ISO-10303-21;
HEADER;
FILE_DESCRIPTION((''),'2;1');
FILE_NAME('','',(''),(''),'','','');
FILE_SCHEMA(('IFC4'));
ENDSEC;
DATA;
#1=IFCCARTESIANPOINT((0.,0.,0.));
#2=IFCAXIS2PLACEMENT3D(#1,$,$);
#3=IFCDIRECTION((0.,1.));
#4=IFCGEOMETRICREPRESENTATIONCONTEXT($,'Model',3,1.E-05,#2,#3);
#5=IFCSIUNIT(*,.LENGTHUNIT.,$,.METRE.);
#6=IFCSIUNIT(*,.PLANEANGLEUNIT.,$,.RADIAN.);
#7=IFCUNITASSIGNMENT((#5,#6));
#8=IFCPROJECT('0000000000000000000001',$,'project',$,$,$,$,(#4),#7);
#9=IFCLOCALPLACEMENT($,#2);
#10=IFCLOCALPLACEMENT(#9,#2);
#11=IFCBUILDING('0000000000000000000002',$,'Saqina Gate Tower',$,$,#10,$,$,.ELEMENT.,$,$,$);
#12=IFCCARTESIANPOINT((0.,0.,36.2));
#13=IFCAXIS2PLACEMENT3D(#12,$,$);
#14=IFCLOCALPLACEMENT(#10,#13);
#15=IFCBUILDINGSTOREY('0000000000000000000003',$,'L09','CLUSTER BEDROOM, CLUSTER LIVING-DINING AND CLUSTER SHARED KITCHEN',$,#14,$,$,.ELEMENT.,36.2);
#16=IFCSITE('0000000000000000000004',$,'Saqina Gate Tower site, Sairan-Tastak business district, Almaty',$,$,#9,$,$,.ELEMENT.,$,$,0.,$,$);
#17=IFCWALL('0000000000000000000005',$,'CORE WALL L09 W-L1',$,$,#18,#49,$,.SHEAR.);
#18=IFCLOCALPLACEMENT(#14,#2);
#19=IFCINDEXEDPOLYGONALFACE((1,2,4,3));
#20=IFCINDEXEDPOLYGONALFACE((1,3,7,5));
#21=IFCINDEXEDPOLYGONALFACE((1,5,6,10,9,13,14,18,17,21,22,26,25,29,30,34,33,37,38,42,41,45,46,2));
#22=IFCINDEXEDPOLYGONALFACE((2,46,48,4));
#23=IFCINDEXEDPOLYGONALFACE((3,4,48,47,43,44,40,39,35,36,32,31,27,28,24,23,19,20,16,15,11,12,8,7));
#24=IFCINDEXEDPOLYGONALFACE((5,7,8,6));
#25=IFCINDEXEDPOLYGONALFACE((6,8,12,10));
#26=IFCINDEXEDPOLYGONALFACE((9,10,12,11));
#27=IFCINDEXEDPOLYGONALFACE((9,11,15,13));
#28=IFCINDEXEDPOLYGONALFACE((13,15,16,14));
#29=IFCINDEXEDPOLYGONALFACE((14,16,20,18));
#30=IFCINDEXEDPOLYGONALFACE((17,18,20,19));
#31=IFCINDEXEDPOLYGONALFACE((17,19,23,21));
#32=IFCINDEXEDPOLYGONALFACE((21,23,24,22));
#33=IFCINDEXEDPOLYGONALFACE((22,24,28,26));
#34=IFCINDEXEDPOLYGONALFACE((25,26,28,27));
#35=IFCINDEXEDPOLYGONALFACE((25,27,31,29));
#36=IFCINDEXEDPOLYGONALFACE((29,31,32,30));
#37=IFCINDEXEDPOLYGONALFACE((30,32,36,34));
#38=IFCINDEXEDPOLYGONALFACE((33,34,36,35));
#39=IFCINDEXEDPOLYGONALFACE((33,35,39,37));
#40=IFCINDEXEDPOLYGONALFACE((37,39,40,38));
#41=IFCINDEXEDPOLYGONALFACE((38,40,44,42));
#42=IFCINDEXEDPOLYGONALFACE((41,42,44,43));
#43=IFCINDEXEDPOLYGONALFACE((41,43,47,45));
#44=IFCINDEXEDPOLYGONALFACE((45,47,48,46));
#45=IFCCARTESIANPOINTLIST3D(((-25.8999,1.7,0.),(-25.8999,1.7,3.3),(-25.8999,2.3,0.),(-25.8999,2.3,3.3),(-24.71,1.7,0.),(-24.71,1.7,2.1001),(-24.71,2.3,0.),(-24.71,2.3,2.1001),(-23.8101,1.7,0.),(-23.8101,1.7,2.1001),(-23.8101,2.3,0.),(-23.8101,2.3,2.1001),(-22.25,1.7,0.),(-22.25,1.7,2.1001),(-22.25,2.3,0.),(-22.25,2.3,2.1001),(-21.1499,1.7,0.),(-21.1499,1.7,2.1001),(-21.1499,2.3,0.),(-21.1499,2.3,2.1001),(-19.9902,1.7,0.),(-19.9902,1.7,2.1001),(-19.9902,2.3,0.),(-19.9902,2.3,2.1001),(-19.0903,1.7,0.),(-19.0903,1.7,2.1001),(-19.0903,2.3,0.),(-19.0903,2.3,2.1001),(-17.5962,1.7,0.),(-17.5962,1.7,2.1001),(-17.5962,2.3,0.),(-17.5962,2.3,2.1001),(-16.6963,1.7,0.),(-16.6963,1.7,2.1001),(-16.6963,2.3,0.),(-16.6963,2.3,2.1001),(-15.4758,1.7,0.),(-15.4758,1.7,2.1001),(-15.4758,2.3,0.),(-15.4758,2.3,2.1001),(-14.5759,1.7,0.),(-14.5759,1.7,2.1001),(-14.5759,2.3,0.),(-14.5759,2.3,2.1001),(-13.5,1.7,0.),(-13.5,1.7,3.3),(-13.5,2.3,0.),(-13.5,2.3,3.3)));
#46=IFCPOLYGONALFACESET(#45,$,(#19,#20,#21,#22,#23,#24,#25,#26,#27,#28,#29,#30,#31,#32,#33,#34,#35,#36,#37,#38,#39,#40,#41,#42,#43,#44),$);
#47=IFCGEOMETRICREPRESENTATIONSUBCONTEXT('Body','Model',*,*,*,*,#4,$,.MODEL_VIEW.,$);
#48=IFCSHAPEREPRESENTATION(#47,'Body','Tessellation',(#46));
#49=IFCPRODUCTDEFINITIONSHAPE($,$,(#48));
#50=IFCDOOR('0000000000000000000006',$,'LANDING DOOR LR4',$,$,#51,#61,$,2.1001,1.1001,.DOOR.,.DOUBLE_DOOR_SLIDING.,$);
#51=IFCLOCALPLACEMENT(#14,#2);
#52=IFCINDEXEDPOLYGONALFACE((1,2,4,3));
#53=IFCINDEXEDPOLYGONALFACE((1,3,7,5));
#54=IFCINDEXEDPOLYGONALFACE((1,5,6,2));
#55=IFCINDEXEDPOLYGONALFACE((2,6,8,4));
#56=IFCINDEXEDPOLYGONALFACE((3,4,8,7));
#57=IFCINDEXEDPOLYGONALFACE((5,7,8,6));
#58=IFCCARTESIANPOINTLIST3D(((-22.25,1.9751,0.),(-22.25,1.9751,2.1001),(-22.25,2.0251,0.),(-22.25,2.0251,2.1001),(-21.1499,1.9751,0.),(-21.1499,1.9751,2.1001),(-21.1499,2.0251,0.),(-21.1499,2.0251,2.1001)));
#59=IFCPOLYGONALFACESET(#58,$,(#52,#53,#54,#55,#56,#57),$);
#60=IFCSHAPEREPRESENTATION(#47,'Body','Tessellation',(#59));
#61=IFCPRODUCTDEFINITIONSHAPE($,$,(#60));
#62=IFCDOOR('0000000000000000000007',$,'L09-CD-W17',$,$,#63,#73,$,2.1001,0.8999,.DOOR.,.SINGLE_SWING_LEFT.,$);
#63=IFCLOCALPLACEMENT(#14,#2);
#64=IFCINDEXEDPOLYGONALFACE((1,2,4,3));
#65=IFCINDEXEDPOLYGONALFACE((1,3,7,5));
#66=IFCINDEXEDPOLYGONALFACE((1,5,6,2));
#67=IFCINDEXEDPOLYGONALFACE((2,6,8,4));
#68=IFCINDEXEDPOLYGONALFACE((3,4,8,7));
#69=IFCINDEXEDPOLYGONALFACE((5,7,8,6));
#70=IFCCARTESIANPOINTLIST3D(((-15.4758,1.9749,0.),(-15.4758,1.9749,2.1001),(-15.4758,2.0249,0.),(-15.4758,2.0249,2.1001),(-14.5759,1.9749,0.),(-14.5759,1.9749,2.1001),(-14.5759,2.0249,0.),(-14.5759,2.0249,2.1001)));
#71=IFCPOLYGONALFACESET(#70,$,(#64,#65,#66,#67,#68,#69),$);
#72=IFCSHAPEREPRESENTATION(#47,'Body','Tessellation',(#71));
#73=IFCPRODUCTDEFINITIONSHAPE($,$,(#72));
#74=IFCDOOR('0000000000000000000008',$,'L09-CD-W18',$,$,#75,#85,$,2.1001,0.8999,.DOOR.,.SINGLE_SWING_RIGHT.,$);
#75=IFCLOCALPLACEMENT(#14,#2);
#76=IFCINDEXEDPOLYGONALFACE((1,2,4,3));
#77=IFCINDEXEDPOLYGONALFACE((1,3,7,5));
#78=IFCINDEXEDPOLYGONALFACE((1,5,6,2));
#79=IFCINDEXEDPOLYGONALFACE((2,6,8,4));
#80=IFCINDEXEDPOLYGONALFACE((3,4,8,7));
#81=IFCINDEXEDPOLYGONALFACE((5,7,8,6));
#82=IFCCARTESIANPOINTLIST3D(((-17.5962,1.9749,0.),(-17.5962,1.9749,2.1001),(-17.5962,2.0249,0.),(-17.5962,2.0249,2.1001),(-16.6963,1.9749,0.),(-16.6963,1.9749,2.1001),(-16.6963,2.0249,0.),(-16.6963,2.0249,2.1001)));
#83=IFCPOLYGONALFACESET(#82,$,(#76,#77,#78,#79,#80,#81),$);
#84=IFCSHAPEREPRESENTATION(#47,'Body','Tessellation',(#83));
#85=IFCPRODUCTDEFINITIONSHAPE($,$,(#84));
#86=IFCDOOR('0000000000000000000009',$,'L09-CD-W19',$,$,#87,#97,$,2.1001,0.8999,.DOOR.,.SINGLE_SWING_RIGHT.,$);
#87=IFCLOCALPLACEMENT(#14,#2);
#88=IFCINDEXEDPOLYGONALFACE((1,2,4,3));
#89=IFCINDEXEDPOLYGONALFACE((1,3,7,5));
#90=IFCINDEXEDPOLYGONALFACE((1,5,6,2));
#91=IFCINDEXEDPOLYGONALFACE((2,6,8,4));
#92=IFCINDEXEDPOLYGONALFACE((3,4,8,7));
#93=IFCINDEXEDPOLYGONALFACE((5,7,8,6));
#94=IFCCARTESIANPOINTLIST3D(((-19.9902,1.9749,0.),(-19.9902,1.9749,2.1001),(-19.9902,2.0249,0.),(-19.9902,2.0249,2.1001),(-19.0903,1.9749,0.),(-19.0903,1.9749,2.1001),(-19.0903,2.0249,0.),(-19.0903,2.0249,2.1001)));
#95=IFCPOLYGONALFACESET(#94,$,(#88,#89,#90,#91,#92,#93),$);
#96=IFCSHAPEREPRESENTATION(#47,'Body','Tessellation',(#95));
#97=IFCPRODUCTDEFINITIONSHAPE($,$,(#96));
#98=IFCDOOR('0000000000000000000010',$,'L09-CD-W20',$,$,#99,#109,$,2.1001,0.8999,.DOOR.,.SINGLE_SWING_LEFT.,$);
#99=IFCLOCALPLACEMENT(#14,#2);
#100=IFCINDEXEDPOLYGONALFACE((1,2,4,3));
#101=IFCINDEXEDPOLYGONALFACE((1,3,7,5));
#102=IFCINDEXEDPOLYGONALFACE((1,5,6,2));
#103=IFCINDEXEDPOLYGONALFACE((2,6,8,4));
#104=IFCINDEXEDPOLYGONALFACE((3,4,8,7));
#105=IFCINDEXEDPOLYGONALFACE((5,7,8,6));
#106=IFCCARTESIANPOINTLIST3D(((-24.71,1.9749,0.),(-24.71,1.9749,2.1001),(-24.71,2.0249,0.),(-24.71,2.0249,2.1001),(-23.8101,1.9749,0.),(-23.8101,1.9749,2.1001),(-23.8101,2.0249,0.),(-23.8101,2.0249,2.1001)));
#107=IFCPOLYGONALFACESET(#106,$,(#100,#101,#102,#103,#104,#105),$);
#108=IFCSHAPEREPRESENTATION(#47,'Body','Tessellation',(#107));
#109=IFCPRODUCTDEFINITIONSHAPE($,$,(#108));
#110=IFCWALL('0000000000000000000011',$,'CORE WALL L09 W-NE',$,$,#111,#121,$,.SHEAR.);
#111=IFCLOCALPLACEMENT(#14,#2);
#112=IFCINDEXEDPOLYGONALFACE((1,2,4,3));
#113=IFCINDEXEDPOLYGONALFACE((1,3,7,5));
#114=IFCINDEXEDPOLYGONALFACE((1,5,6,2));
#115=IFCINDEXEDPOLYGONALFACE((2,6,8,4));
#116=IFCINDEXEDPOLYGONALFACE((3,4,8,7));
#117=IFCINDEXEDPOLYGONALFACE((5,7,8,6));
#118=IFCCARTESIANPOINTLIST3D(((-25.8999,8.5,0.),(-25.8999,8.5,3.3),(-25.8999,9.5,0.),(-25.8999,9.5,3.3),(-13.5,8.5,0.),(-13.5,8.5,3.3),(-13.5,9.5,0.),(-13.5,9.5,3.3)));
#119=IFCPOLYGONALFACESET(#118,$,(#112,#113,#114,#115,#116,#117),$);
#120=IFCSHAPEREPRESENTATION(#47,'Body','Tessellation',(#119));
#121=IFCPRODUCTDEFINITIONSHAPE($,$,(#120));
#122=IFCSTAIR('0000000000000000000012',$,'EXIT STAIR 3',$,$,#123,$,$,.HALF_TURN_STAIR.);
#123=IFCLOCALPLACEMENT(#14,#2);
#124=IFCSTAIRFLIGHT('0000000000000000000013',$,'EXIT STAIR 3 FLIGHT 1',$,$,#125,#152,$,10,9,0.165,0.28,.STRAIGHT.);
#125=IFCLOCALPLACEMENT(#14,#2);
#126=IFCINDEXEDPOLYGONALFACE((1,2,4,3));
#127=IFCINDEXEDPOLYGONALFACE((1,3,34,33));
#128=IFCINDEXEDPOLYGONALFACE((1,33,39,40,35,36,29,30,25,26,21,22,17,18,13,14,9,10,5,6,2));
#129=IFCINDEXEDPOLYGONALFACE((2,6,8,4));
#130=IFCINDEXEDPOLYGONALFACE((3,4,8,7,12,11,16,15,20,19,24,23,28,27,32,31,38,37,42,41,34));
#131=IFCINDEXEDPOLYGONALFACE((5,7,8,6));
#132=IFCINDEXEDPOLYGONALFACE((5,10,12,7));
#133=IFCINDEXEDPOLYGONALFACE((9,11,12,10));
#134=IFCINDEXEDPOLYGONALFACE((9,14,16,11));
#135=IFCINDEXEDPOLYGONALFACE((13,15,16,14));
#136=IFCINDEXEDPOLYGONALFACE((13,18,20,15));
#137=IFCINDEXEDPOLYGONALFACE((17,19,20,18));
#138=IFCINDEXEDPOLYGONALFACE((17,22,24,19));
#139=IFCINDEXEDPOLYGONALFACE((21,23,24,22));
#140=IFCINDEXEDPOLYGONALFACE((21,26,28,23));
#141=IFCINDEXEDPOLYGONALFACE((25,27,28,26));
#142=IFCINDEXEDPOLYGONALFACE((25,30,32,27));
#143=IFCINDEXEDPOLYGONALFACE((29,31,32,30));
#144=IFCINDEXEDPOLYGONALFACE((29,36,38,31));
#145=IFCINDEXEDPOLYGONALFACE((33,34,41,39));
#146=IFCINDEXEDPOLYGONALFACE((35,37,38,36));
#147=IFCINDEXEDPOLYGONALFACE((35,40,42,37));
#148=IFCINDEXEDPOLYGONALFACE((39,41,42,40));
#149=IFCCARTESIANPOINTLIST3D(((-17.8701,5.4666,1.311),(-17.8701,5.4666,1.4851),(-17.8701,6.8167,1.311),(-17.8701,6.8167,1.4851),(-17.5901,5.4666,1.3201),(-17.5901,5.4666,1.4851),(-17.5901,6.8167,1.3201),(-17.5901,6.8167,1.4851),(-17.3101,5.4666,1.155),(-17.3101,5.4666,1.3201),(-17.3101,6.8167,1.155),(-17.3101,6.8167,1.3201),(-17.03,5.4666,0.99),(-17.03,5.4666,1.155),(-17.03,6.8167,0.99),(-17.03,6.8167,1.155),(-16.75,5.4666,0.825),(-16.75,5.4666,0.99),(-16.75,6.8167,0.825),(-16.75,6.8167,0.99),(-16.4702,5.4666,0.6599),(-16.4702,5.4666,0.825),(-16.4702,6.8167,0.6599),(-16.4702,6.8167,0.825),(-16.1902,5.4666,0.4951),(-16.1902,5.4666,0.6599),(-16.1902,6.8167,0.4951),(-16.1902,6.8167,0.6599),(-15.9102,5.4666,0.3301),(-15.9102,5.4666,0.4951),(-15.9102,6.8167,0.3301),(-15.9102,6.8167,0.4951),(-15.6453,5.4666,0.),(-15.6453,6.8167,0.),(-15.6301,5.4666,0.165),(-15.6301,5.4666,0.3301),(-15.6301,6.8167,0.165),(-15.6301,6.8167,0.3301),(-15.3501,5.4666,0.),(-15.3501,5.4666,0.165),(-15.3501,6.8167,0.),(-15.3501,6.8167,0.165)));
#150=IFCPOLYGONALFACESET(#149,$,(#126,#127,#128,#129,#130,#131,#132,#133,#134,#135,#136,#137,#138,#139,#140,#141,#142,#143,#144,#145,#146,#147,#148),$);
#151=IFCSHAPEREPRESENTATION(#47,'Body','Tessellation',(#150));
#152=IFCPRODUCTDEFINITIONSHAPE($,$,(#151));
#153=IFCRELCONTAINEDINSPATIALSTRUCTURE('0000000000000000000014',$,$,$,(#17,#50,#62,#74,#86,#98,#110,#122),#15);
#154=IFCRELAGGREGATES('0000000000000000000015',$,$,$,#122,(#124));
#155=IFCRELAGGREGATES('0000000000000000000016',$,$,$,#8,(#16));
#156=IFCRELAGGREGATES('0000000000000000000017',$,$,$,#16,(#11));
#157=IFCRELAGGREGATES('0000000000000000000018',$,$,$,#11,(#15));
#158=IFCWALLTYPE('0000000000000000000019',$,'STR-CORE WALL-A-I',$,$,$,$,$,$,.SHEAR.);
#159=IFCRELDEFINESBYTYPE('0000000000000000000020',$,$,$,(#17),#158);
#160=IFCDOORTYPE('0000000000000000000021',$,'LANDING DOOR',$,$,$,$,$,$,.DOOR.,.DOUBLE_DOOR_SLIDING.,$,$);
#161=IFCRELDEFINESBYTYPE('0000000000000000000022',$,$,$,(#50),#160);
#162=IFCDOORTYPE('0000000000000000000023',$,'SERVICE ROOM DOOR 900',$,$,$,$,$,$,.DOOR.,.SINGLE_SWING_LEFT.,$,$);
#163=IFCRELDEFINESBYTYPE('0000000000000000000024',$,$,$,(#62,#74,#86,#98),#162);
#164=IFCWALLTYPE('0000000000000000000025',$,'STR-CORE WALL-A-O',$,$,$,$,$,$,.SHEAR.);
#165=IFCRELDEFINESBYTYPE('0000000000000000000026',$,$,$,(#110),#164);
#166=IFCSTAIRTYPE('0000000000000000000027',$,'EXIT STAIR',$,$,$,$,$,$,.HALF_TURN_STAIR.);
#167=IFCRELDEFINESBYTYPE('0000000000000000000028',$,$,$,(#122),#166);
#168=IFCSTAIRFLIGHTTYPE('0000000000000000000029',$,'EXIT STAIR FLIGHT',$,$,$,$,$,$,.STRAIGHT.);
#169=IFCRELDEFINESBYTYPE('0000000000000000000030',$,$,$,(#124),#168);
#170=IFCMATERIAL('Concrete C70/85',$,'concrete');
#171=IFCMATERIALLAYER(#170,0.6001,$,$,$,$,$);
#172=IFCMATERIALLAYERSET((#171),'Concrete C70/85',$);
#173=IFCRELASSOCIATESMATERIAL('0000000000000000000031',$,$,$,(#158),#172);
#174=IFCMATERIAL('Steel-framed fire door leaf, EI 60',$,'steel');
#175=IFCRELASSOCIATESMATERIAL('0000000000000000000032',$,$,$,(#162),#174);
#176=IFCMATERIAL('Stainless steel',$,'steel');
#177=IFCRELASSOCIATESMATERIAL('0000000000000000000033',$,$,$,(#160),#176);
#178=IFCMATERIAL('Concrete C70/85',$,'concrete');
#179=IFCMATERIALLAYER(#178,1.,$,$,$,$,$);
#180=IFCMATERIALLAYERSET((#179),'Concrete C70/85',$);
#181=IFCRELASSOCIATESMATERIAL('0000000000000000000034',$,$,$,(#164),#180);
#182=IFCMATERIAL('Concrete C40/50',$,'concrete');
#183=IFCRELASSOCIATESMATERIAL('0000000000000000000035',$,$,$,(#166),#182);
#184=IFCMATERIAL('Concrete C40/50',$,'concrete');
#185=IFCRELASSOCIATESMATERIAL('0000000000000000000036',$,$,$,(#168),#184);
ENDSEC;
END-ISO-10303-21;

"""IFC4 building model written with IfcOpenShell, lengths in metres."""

from ifc_helpers import new_model, si_unit, direction, frame, frame_2d, origin, place, context, subcontext, project, spatial, polyline, rectangle, outline, extrude, material, layer, layer_set, type_object, element, fill, aggregate, save


model = new_model("IFC4")

# Units and contexts
model_context = context("Model", 3, precision=1e-05, world=origin(), true_north=direction((0.0, 1.0)))
body_context = subcontext(model_context, "Body", "Model", "MODEL_VIEW")
ifc_project = project(units=[si_unit("LENGTHUNIT", "METRE"), si_unit("PLANEANGLEUNIT", "RADIAN")], contexts=[model_context])

# Site, building, storey
site_placement = place(None, origin())
site = spatial("IfcSite", under=ifc_project, at=site_placement, Name="Saqina Gate Tower site, Sairan-Tastak business district, Almaty", CompositionType="ELEMENT", RefElevation=0.0)
building_placement = place(site_placement, origin())
building = spatial("IfcBuilding", under=site, at=building_placement, Name="Saqina Gate Tower", CompositionType="ELEMENT")
storey_placement = place(building_placement, frame((0.0, 0.0, 36.2)))
storey = spatial("IfcBuildingStorey", under=building, at=storey_placement, Name="L09", Description="CLUSTER BEDROOM, CLUSTER LIVING-DINING AND CLUSTER SHARED KITCHEN", CompositionType="ELEMENT", Elevation=36.2)

# Wall, openings, doors
ifc_material_1 = material(Name="Concrete C70/85", Category="concrete")
ifc_layer_1 = layer(ifc_material_1, 0.6001)
ifc_layer_set_1 = layer_set([ifc_layer_1], Name="Concrete C70/85")
wall_type_1 = type_object("IfcWallType", Name="STR-CORE WALL-A-I", PredefinedType="SHEAR", material=ifc_layer_set_1)
ifc_material_2 = material(Name="Steel-framed fire door leaf, EI 60", Category="steel")
door_type_1 = type_object("IfcDoorType", Name="SERVICE ROOM DOOR 900", OperationType="SINGLE_SWING_LEFT", PredefinedType="DOOR", material=ifc_material_2)
wall_1_placement = place(storey_placement, frame((-13.5, 2.0, 0.0), z_axis=(0.0, 0.0, 1.0), x_axis=(-1.0, 0.0, 0.0)))
wall_1 = element("IfcWall", 1, at=wall_1_placement, inside=storey, type_object=wall_type_1, Name="CORE WALL L09 W-L1", PredefinedType="SHEAR", context=body_context, shape_type="SweptSolid", body=[
    extrude(rectangle(XDim=12.3999, YDim=0.6001, at=frame_2d((6.2, 0.0))), origin(), (0.0, 0.0, 1.0), 3.3),
])
opening_1_placement = place(wall_1_placement, frame((7.6499, 0.0, 0.0)))
opening_1 = element("IfcOpeningElement", 2, at=opening_1_placement, cuts=wall_1, PredefinedType="OPENING", context=body_context, shape_type="SweptSolid", body=[
    extrude(rectangle(XDim=1.1001, YDim=2.1001, at=frame_2d((0.55, 1.05))), frame((0.0, 0.312, 0.0), z_axis=(0.0, -1.0, 0.0), x_axis=(1.0, 0.0, 0.0)), (0.0, 0.0, 1.0), 0.624),
])
opening_2_placement = place(wall_1_placement, frame((1.0759, 0.0, 0.0)))
opening_2 = element("IfcOpeningElement", 3, at=opening_2_placement, cuts=wall_1, PredefinedType="OPENING", context=body_context, shape_type="SweptSolid", body=[
    extrude(rectangle(XDim=0.8999, YDim=2.1001, at=frame_2d((0.45, 1.05))), frame((0.0, 0.312, 0.0), z_axis=(0.0, -1.0, 0.0), x_axis=(1.0, 0.0, 0.0)), (0.0, 0.0, 1.0), 0.624),
])
opening_3_placement = place(wall_1_placement, frame((3.1963, 0.0, 0.0)))
opening_3 = element("IfcOpeningElement", 4, at=opening_3_placement, cuts=wall_1, PredefinedType="OPENING", context=body_context, shape_type="SweptSolid", body=[
    extrude(rectangle(XDim=0.8999, YDim=2.1001, at=frame_2d((0.45, 1.05))), frame((0.0, 0.312, 0.0), z_axis=(0.0, -1.0, 0.0), x_axis=(1.0, 0.0, 0.0)), (0.0, 0.0, 1.0), 0.624),
])
opening_4_placement = place(wall_1_placement, frame((5.5903, 0.0, 0.0)))
opening_4 = element("IfcOpeningElement", 5, at=opening_4_placement, cuts=wall_1, PredefinedType="OPENING", context=body_context, shape_type="SweptSolid", body=[
    extrude(rectangle(XDim=0.8999, YDim=2.1001, at=frame_2d((0.45, 1.05))), frame((0.0, 0.312, 0.0), z_axis=(0.0, -1.0, 0.0), x_axis=(1.0, 0.0, 0.0)), (0.0, 0.0, 1.0), 0.624),
])
opening_5_placement = place(wall_1_placement, frame((10.3101, 0.0, 0.0)))
opening_5 = element("IfcOpeningElement", 6, at=opening_5_placement, cuts=wall_1, PredefinedType="OPENING", context=body_context, shape_type="SweptSolid", body=[
    extrude(rectangle(XDim=0.8999, YDim=2.1001, at=frame_2d((0.45, 1.05))), frame((0.0, 0.312, 0.0), z_axis=(0.0, -1.0, 0.0), x_axis=(1.0, 0.0, 0.0)), (0.0, 0.0, 1.0), 0.624),
])
ifc_material_3 = material(Name="Stainless steel", Category="steel")
door_type_2 = type_object("IfcDoorType", Name="LANDING DOOR", OperationType="DOUBLE_DOOR_SLIDING", PredefinedType="DOOR", material=ifc_material_3)
door_1_placement = place(opening_1_placement, origin())
door_1 = element("IfcDoor", 7, at=door_1_placement, inside=storey, type_object=door_type_2, Name="LANDING DOOR LR4", OperationType="DOUBLE_DOOR_SLIDING", OverallHeight=2.1001, OverallWidth=1.1001, PredefinedType="DOOR", context=body_context, shape_type="SweptSolid", body=[
    extrude(rectangle(XDim=1.1001, YDim=2.1001, at=frame_2d((0.55, 1.05))), frame((0.0, 0.0249, 0.0), z_axis=(0.0, -1.0, 0.0), x_axis=(1.0, 0.0, 0.0)), (0.0, 0.0, 1.0), 0.05),
])
fill(opening_1, door_1)
door_2_placement = place(opening_2_placement, frame((0.8999, 0.0, 0.0), z_axis=(0.0, 0.0, 1.0), x_axis=(-1.0, 0.0, 0.0)))
door_2 = element("IfcDoor", 8, at=door_2_placement, inside=storey, type_object=door_type_1, Name="L09-CD-W17", OperationType="SINGLE_SWING_LEFT", OverallHeight=2.1001, OverallWidth=0.8999, PredefinedType="DOOR", context=body_context, shape_type="SweptSolid", body=[
    extrude(rectangle(XDim=0.8999, YDim=2.1001, at=frame_2d((0.45, 1.05))), frame((0.0, 0.0249, 0.0), z_axis=(0.0, -1.0, 0.0), x_axis=(1.0, 0.0, 0.0)), (0.0, 0.0, 1.0), 0.05),
])
fill(opening_2, door_2)
door_3_placement = place(opening_3_placement, frame((0.8999, 0.0, 0.0), z_axis=(0.0, 0.0, 1.0), x_axis=(-1.0, 0.0, 0.0)))
door_3 = element("IfcDoor", 9, at=door_3_placement, inside=storey, type_object=door_type_1, Name="L09-CD-W18", OperationType="SINGLE_SWING_RIGHT", OverallHeight=2.1001, OverallWidth=0.8999, PredefinedType="DOOR", context=body_context, shape_type="SweptSolid", body=[
    extrude(rectangle(XDim=0.8999, YDim=2.1001, at=frame_2d((0.45, 1.05))), frame((0.0, 0.0249, 0.0), z_axis=(0.0, -1.0, 0.0), x_axis=(1.0, 0.0, 0.0)), (0.0, 0.0, 1.0), 0.05),
])
fill(opening_3, door_3)
door_4_placement = place(opening_4_placement, frame((0.8999, 0.0, 0.0), z_axis=(0.0, 0.0, 1.0), x_axis=(-1.0, 0.0, 0.0)))
door_4 = element("IfcDoor", 10, at=door_4_placement, inside=storey, type_object=door_type_1, Name="L09-CD-W19", OperationType="SINGLE_SWING_RIGHT", OverallHeight=2.1001, OverallWidth=0.8999, PredefinedType="DOOR", context=body_context, shape_type="SweptSolid", body=[
    extrude(rectangle(XDim=0.8999, YDim=2.1001, at=frame_2d((0.45, 1.05))), frame((0.0, 0.0249, 0.0), z_axis=(0.0, -1.0, 0.0), x_axis=(1.0, 0.0, 0.0)), (0.0, 0.0, 1.0), 0.05),
])
fill(opening_4, door_4)
door_5_placement = place(opening_5_placement, frame((0.8999, 0.0, 0.0), z_axis=(0.0, 0.0, 1.0), x_axis=(-1.0, 0.0, 0.0)))
door_5 = element("IfcDoor", 11, at=door_5_placement, inside=storey, type_object=door_type_1, Name="L09-CD-W20", OperationType="SINGLE_SWING_LEFT", OverallHeight=2.1001, OverallWidth=0.8999, PredefinedType="DOOR", context=body_context, shape_type="SweptSolid", body=[
    extrude(rectangle(XDim=0.8999, YDim=2.1001, at=frame_2d((0.45, 1.05))), frame((0.0, 0.0249, 0.0), z_axis=(0.0, -1.0, 0.0), x_axis=(1.0, 0.0, 0.0)), (0.0, 0.0, 1.0), 0.05),
])
fill(opening_5, door_5)

# Wall
ifc_material_4 = material(Name="Concrete C70/85", Category="concrete")
ifc_layer_2 = layer(ifc_material_4, 1.0)
ifc_layer_set_2 = layer_set([ifc_layer_2], Name="Concrete C70/85")
wall_type_2 = type_object("IfcWallType", Name="STR-CORE WALL-A-O", PredefinedType="SHEAR", material=ifc_layer_set_2)
wall_2_placement = place(storey_placement, frame((-13.5, 9.0, 0.0), z_axis=(0.0, 0.0, 1.0), x_axis=(-1.0, 0.0, 0.0)))
element("IfcWall", 12, at=wall_2_placement, inside=storey, type_object=wall_type_2, Name="CORE WALL L09 W-NE", PredefinedType="SHEAR", context=body_context, shape_type="SweptSolid", body=[
    extrude(rectangle(XDim=12.3999, YDim=1.0, at=frame_2d((6.2, 0.0))), origin(), (0.0, 0.0, 1.0), 3.3),
])

# Stair, stair flight
ifc_material_5 = material(Name="Concrete C40/50", Category="concrete")
stair_type = type_object("IfcStairType", Name="EXIT STAIR", PredefinedType="HALF_TURN_STAIR", material=ifc_material_5)
stair_placement = place(storey_placement, origin())
stair = element("IfcStair", 13, at=stair_placement, inside=storey, type_object=stair_type, Name="EXIT STAIR 3", PredefinedType="HALF_TURN_STAIR")
ifc_material_6 = material(Name="Concrete C40/50", Category="concrete")
stair_flight_type = type_object("IfcStairFlightType", Name="EXIT STAIR FLIGHT", PredefinedType="STRAIGHT", material=ifc_material_6)
stair_flight_placement = place(storey_placement, frame((-15.3501, 6.1416, 0.0), z_axis=(0.0, 0.0, 1.0), x_axis=(-1.0, 0.0, 0.0)))
stair_flight = element("IfcStairFlight", 14, at=stair_flight_placement, type_object=stair_flight_type, Name="EXIT STAIR 3 FLIGHT 1", NumberOfRisers=10, NumberOfTreads=9, PredefinedType="STRAIGHT", RiserHeight=0.165, TreadLength=0.28, context=body_context, shape_type="SweptSolid", body=[
    extrude(outline(polyline([(0.0, 0.0), (0.0, 0.165), (0.28, 0.165), (0.28, 0.3301), (0.5601, 0.3301), (0.5601, 0.4951), (0.8401, 0.4951), (0.8401, 0.6599), (1.1201, 0.6599), (1.1201, 0.825), (1.3999, 0.825), (1.3999, 0.99), (1.6799, 0.99), (1.6799, 1.155), (1.96, 1.155), (1.96, 1.3201), (2.24, 1.3201), (2.24, 1.4851), (2.52, 1.4851), (2.52, 1.6499), (2.52, 1.311), (0.2952, 0.0), (0.0, 0.0)])), frame((0.0, 0.675, 0.0), z_axis=(0.0, -1.0, 0.0), x_axis=(1.0, 0.0, 0.0)), (0.0, 0.0, 1.0), 1.3501),
])
aggregate(stair, [stair_flight])

save(model, "model.ifc")
